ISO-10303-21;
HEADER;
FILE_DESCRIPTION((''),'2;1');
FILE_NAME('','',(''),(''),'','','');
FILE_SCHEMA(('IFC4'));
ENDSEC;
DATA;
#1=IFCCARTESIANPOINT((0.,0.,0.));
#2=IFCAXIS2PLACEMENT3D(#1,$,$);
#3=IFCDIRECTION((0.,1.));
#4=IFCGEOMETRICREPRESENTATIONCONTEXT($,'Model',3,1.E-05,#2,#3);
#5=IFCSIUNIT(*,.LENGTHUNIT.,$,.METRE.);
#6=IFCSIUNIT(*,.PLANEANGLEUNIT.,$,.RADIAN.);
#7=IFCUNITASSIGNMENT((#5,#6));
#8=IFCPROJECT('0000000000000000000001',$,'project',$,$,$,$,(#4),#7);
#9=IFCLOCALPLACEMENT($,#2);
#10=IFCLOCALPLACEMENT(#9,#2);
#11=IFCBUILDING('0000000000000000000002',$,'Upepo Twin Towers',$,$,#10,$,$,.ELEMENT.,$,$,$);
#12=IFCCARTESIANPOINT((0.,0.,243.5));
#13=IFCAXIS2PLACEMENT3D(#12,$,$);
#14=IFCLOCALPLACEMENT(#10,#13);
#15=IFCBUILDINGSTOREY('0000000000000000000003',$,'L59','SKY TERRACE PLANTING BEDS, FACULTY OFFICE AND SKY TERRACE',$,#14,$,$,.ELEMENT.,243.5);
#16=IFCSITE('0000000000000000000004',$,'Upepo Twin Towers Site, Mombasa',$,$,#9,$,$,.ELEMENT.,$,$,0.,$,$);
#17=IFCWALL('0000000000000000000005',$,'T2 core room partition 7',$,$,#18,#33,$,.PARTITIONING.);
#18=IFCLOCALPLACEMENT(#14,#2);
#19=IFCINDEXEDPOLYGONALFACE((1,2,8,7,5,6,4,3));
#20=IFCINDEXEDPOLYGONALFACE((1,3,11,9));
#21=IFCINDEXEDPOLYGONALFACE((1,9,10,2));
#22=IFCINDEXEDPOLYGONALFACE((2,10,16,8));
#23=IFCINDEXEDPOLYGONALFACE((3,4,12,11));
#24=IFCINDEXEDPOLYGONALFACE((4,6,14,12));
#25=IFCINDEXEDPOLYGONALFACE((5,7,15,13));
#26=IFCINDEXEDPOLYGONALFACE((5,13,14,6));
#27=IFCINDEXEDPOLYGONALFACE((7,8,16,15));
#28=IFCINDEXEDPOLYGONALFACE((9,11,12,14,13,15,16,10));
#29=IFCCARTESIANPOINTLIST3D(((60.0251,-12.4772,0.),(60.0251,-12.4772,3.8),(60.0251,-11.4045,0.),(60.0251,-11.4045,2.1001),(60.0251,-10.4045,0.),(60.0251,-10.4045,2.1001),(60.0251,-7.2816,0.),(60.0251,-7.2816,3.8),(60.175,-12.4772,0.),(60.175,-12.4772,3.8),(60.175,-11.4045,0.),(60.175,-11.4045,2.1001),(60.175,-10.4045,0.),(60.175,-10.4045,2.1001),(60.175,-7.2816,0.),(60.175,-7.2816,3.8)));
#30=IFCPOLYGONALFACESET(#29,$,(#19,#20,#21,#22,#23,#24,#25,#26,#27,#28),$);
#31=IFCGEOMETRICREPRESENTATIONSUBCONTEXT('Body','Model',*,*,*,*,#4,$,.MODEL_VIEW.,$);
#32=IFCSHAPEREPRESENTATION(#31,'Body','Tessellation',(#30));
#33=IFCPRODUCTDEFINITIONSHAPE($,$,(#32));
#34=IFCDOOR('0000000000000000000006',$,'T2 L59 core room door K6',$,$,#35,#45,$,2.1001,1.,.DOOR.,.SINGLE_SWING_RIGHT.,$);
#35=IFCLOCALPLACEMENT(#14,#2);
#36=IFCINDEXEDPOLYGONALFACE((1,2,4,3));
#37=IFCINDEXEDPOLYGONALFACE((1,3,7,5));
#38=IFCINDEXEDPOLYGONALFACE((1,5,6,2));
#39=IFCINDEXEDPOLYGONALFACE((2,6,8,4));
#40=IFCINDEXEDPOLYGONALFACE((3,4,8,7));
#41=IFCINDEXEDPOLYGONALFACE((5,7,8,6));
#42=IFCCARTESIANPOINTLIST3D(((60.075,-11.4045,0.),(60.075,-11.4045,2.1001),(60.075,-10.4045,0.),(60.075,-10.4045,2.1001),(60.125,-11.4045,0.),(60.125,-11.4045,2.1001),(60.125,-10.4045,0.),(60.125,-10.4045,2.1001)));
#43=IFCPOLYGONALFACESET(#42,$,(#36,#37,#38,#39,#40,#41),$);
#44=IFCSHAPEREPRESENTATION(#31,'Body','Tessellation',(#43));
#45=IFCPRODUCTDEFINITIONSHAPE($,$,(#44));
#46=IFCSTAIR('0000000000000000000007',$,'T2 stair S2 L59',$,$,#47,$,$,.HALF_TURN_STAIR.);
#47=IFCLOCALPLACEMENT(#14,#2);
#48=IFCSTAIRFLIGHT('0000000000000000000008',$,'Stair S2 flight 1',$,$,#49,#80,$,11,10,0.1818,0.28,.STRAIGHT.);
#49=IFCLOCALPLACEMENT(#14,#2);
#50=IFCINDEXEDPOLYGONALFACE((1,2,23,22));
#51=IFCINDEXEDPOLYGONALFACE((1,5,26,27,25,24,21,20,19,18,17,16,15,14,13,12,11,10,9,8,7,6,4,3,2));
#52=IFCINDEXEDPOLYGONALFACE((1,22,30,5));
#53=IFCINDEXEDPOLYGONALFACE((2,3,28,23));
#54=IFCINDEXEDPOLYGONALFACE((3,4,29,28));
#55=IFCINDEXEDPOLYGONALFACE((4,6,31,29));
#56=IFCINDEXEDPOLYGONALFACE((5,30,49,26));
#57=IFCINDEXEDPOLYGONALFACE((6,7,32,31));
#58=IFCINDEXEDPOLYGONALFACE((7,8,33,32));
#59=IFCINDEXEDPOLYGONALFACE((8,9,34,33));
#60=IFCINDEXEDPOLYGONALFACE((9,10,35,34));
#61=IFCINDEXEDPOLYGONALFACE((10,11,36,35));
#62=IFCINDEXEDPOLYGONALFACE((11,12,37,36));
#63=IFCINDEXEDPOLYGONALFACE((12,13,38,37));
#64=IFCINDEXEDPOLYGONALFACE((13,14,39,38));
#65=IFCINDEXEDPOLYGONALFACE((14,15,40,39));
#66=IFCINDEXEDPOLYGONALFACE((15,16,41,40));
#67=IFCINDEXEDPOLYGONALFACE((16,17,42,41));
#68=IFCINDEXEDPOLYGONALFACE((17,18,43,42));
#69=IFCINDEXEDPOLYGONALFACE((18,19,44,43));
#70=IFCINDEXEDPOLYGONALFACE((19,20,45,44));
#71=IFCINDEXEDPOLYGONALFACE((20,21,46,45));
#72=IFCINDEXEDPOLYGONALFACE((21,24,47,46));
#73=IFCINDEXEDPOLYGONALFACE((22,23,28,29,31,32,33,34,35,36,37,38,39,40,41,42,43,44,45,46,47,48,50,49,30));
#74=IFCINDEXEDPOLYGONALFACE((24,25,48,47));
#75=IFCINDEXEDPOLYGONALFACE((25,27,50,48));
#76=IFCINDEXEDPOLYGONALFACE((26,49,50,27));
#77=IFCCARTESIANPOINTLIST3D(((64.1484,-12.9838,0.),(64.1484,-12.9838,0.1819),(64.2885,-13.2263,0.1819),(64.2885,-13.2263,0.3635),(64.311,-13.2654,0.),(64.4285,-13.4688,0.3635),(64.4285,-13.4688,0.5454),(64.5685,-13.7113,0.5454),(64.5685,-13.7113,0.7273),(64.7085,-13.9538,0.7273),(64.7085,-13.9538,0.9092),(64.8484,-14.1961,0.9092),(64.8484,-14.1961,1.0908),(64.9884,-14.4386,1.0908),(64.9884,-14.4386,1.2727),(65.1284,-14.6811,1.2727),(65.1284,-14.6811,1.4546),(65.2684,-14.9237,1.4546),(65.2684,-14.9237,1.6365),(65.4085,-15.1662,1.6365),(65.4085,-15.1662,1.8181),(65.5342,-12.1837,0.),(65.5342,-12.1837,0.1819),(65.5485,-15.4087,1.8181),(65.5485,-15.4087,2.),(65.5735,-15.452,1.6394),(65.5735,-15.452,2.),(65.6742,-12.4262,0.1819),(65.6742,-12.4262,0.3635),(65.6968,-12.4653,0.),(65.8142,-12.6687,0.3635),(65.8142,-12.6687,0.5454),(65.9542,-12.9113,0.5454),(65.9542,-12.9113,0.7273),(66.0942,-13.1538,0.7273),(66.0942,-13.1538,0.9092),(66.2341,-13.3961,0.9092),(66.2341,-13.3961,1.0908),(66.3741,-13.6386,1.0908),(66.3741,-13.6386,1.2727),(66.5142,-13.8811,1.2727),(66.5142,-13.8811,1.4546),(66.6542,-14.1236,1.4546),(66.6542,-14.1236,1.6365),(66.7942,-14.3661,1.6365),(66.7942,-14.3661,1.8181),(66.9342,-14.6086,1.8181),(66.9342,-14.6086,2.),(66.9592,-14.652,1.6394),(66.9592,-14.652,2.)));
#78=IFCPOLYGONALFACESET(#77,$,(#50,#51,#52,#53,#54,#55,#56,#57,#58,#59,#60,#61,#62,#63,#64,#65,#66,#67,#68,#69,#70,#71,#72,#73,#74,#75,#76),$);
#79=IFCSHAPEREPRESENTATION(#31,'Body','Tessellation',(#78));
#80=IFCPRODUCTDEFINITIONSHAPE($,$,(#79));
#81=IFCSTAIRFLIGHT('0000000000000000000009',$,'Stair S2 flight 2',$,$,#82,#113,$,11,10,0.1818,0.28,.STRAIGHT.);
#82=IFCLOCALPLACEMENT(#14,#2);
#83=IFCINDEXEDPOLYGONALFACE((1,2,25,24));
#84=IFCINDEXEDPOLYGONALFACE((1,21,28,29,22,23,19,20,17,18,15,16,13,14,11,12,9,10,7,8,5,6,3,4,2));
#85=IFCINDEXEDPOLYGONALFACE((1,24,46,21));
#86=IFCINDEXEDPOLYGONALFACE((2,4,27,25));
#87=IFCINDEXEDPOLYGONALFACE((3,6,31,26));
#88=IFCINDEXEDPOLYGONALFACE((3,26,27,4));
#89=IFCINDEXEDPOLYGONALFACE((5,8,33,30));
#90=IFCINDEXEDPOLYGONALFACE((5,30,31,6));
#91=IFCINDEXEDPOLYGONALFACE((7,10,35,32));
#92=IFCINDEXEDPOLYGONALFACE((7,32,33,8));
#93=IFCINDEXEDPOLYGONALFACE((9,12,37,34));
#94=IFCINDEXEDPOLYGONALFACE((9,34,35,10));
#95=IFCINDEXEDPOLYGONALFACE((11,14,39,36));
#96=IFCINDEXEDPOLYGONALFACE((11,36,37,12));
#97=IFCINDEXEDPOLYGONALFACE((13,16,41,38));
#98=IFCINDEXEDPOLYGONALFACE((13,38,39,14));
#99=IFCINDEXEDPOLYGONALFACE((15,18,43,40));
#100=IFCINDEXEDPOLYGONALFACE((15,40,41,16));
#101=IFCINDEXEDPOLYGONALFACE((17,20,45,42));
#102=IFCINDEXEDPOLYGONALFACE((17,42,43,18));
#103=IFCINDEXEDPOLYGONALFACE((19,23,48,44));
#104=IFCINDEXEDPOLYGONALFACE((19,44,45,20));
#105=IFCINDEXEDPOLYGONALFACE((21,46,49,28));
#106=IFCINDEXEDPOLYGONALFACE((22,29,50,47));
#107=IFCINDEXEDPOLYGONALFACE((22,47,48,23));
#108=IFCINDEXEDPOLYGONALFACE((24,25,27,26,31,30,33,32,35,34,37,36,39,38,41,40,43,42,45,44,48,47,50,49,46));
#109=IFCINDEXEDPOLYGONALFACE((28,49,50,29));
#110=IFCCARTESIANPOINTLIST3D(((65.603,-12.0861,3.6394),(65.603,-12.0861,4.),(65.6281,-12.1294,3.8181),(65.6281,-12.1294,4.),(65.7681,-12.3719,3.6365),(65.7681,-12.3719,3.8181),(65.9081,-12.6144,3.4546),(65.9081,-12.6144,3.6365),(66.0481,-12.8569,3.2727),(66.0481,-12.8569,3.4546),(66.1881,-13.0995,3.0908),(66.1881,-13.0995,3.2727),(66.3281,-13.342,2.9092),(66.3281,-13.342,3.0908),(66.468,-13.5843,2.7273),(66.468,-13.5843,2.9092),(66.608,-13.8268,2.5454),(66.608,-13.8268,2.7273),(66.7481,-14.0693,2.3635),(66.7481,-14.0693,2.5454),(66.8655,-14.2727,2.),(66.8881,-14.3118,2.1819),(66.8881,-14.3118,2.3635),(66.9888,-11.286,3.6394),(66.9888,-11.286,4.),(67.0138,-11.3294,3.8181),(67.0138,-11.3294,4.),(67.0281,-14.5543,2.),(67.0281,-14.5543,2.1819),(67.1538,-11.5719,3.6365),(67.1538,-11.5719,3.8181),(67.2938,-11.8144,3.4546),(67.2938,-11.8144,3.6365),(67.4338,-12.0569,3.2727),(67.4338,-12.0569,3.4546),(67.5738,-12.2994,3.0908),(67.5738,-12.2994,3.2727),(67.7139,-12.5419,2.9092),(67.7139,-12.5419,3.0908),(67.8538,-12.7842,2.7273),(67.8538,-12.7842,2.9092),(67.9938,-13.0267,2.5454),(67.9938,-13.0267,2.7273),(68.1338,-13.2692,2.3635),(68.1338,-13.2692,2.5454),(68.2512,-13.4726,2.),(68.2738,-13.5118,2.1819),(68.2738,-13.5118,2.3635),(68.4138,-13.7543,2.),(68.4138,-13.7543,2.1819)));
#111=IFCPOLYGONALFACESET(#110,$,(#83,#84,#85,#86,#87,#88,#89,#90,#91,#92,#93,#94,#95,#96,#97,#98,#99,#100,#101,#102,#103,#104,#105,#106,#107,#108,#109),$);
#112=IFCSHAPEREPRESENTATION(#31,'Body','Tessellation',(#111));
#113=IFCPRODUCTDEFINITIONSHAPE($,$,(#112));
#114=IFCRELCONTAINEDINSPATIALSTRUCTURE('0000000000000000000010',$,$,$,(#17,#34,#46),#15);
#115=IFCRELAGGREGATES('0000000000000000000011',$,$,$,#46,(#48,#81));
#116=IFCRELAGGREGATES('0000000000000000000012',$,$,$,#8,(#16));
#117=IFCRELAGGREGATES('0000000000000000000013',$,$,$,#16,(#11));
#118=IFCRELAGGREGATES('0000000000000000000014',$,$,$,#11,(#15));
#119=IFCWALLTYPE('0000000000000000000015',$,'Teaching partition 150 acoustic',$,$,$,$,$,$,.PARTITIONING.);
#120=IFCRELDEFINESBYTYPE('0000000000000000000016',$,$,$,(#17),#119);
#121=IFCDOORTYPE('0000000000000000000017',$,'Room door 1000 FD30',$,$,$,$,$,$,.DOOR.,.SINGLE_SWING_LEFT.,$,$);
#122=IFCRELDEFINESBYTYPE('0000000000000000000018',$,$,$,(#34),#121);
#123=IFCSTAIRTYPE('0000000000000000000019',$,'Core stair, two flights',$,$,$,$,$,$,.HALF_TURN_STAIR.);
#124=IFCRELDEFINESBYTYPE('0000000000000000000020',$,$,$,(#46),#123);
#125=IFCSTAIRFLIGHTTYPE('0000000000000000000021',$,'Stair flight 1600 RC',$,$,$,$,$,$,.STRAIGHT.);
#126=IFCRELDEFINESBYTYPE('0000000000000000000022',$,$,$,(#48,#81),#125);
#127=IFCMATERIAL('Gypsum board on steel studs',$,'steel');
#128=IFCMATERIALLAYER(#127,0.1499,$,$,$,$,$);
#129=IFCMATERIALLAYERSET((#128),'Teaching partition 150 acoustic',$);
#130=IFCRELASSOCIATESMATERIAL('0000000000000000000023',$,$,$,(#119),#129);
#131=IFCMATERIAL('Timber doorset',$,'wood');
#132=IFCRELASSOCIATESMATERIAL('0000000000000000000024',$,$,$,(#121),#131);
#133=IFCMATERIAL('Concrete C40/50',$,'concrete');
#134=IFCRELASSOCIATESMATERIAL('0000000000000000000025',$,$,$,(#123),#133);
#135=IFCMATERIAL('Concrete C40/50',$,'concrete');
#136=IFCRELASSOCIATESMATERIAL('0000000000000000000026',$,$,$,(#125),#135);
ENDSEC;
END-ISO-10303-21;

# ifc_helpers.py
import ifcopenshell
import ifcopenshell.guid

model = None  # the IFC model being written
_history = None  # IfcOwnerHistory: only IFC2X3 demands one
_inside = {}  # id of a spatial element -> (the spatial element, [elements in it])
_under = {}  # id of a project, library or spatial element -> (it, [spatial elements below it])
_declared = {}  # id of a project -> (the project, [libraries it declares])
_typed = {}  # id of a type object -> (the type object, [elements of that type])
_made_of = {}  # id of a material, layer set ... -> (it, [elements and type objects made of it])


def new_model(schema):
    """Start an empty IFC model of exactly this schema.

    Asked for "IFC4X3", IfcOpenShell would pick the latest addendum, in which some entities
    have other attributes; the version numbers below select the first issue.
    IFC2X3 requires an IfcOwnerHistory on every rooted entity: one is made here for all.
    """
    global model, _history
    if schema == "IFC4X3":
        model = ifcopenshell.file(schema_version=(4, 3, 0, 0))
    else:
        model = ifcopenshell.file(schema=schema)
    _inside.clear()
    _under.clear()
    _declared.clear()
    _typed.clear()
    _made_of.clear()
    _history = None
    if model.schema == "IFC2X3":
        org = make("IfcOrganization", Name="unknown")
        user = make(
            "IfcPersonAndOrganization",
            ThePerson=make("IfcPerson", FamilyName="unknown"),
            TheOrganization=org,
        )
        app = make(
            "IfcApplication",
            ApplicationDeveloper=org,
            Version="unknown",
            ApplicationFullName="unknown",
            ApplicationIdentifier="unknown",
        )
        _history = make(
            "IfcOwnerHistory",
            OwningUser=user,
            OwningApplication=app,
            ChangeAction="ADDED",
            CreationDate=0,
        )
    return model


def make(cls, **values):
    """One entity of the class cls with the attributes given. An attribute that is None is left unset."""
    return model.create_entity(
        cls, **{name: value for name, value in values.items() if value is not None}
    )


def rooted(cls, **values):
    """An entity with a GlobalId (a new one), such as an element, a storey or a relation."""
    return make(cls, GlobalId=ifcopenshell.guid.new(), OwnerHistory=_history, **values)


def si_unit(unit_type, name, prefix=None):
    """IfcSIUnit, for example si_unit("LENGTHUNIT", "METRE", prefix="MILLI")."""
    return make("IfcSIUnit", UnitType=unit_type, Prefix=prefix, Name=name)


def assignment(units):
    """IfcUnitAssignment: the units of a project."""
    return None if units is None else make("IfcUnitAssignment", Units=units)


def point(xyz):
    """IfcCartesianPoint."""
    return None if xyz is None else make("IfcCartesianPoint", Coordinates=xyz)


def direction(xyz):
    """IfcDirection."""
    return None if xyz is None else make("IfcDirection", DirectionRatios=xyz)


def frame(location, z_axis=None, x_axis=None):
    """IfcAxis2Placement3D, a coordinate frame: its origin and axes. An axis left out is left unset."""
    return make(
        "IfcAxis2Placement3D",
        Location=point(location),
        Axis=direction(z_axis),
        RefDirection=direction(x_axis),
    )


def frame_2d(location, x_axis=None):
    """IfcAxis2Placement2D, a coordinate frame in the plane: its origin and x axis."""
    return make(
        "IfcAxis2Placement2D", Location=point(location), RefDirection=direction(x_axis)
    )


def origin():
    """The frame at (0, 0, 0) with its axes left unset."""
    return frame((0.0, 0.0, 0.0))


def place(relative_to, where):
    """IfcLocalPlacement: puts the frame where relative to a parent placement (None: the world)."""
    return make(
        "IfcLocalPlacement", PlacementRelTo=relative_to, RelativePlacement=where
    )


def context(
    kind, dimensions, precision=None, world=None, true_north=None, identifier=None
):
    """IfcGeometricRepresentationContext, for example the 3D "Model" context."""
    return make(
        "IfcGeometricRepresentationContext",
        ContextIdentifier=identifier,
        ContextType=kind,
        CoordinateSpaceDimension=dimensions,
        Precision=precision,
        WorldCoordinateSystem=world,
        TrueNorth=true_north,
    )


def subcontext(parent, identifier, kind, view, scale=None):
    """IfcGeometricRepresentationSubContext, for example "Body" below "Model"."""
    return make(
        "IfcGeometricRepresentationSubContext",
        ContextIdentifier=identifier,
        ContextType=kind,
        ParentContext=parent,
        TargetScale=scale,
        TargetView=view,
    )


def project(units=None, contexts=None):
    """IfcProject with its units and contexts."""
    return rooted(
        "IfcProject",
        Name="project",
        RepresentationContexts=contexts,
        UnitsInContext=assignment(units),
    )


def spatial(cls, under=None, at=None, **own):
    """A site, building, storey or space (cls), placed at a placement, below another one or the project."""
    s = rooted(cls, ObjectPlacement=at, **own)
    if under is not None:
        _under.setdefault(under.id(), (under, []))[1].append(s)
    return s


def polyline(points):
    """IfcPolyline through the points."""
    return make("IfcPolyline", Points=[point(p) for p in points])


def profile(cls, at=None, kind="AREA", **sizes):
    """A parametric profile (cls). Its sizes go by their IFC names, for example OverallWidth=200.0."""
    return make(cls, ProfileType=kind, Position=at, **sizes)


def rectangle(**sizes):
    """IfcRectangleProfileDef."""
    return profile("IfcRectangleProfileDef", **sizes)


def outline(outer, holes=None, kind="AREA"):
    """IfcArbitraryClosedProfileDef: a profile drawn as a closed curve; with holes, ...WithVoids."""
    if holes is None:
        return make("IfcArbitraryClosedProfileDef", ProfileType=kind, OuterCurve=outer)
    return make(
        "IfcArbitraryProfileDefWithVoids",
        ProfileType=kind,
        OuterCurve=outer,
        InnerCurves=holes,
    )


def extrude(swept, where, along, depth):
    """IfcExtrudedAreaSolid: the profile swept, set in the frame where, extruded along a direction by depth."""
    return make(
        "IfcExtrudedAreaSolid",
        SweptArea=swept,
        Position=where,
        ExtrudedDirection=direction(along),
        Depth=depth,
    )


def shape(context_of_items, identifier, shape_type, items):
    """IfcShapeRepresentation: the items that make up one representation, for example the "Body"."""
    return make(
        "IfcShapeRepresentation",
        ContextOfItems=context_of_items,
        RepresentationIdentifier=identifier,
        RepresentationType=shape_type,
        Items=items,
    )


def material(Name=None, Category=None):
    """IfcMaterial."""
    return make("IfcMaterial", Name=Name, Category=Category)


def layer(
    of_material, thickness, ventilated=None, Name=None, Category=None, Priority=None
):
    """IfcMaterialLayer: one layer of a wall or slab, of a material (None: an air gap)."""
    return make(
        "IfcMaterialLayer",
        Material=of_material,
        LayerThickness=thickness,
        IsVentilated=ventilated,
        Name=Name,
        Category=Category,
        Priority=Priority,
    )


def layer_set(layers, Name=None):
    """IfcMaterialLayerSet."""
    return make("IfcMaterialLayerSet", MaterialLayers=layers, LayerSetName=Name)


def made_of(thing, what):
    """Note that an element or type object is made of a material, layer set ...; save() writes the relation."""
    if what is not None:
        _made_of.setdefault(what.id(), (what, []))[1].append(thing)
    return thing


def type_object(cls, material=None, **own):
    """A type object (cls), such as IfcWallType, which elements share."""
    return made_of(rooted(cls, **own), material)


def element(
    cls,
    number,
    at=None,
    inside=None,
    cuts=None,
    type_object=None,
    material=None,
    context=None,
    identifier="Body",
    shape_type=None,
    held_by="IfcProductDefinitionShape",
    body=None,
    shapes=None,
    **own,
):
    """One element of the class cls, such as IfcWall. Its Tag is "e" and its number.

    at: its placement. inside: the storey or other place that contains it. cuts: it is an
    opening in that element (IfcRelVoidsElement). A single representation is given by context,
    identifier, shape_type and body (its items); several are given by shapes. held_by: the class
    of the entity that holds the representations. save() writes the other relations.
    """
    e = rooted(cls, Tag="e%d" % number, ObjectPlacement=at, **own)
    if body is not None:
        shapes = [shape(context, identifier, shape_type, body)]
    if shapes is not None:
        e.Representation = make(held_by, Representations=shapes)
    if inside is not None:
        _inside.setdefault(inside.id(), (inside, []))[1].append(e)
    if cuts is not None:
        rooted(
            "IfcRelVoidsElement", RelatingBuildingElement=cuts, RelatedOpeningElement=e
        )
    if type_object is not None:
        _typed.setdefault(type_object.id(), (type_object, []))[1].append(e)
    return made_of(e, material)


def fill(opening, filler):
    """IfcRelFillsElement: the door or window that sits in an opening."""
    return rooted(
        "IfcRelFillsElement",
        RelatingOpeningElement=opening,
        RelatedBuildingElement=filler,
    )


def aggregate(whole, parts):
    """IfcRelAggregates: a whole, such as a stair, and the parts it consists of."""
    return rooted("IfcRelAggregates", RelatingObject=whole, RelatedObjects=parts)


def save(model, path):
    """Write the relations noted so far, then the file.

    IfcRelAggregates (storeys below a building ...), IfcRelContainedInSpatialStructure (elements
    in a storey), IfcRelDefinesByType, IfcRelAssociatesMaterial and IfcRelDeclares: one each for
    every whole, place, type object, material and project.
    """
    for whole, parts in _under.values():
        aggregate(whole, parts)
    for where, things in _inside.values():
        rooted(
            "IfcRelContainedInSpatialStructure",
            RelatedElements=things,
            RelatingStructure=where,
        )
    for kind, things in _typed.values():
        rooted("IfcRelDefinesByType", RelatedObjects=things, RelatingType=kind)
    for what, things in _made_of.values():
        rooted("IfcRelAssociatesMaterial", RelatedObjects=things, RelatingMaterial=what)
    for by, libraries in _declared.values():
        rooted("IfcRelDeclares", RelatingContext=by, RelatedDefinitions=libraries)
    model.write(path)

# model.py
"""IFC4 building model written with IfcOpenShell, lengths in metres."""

from ifc_helpers import new_model, si_unit, direction, frame, frame_2d, origin, place, context, subcontext, project, spatial, polyline, rectangle, outline, extrude, material, layer, layer_set, type_object, element, fill, aggregate, save


model = new_model("IFC4")

# Units and contexts
model_context = context("Model", 3, precision=1e-05, world=origin(), true_north=direction((0.0, 1.0)))
body_context = subcontext(model_context, "Body", "Model", "MODEL_VIEW")
ifc_project = project(units=[si_unit("LENGTHUNIT", "METRE"), si_unit("PLANEANGLEUNIT", "RADIAN")], contexts=[model_context])

# Site, building, storey
site_placement = place(None, origin())
site = spatial("IfcSite", under=ifc_project, at=site_placement, Name="Upepo Twin Towers Site, Mombasa", CompositionType="ELEMENT", RefElevation=0.0)
building_placement = place(site_placement, origin())
building = spatial("IfcBuilding", under=site, at=building_placement, Name="Upepo Twin Towers", CompositionType="ELEMENT")
storey_placement = place(building_placement, frame((0.0, 0.0, 243.5)))
storey = spatial("IfcBuildingStorey", under=building, at=storey_placement, Name="L59", Description="SKY TERRACE PLANTING BEDS, FACULTY OFFICE AND SKY TERRACE", CompositionType="ELEMENT", Elevation=243.5)

# Wall, opening, door
ifc_material_1 = material(Name="Gypsum board on steel studs", Category="steel")
ifc_layer_1 = layer(ifc_material_1, 0.1499)
ifc_layer_set_1 = layer_set([ifc_layer_1], Name="Teaching partition 150 acoustic")
wall_type_1 = type_object("IfcWallType", Name="Teaching partition 150 acoustic", PredefinedType="PARTITIONING", material=ifc_layer_set_1)
wall_1_placement = place(storey_placement, frame((60.1001, -7.2817, 0.0), z_axis=(0.0, 0.0, 1.0), x_axis=(0.0, -1.0, 0.0)))
wall_1 = element("IfcWall", 1, at=wall_1_placement, inside=storey, type_object=wall_type_1, Name="T2 core room partition 7", PredefinedType="PARTITIONING", context=body_context, shape_type="SweptSolid", body=[
    extrude(rectangle(XDim=5.1956, YDim=0.1499, at=frame_2d((2.5977, 0.0))), origin(), (0.0, 0.0, 1.0), 3.8),
])
opening_1_placement = place(wall_1_placement, frame((3.1228, 0.0, 0.0)))
opening_1 = element("IfcOpeningElement", 2, at=opening_1_placement, cuts=wall_1, PredefinedType="OPENING", context=body_context, shape_type="SweptSolid", body=[
    extrude(rectangle(XDim=1.0, YDim=2.1001, at=frame_2d((0.5, 1.05))), frame((0.0, 0.085, 0.0), z_axis=(0.0, -1.0, 0.0), x_axis=(1.0, 0.0, 0.0)), (0.0, 0.0, 1.0), 0.1699),
])
ifc_material_2 = material(Name="Timber doorset", Category="wood")
door_type_1 = type_object("IfcDoorType", Name="Room door 1000 FD30", OperationType="SINGLE_SWING_LEFT", PredefinedType="DOOR", material=ifc_material_2)
door_1_placement = place(opening_1_placement, origin())
door_1 = element("IfcDoor", 3, at=door_1_placement, inside=storey, type_object=door_type_1, Name="T2 L59 core room door K6", OperationType="SINGLE_SWING_RIGHT", OverallHeight=2.1001, OverallWidth=1.0, PredefinedType="DOOR", context=body_context, shape_type="SweptSolid", body=[
    extrude(rectangle(XDim=1.0, YDim=2.1001, at=frame_2d((0.5, 1.05))), frame((0.0, 0.0249, 0.0), z_axis=(0.0, -1.0, 0.0), x_axis=(1.0, 0.0, 0.0)), (0.0, 0.0, 1.0), 0.05),
])
fill(opening_1, door_1)

# Stair, stair flights
ifc_material_3 = material(Name="Concrete C40/50", Category="concrete")
stair_type = type_object("IfcStairType", Name="Core stair, two flights", PredefinedType="HALF_TURN_STAIR", material=ifc_material_3)
stair_placement = place(storey_placement, origin())
stair = element("IfcStair", 4, at=stair_placement, inside=storey, type_object=stair_type, Name="T2 stair S2 L59", PredefinedType="HALF_TURN_STAIR")
ifc_material_4 = material(Name="Concrete C40/50", Category="concrete")
stair_flight_type = type_object("IfcStairFlightType", Name="Stair flight 1600 RC", PredefinedType="STRAIGHT", material=ifc_material_4)
stair_flight_1_placement = place(storey_placement, frame((64.8413, -12.5837, 0.0), z_axis=(0.0, 0.0, 1.0), x_axis=(0.5, -0.866025, 0.0)))
stair_flight_1 = element("IfcStairFlight", 5, at=stair_flight_1_placement, type_object=stair_flight_type, Name="Stair S2 flight 1", NumberOfRisers=11, NumberOfTreads=10, PredefinedType="STRAIGHT", RiserHeight=0.1818, TreadLength=0.28, context=body_context, shape_type="SweptSolid", body=[
    extrude(outline(polyline([(0.0, 0.0), (0.0, 0.1819), (0.28, 0.1819), (0.28, 0.3635), (0.5601, 0.3635), (0.5601, 0.5454), (0.8401, 0.5454), (0.8401, 0.7273), (1.1201, 0.7273), (1.1201, 0.9092), (1.3999, 0.9092), (1.3999, 1.0908), (1.6799, 1.0908), (1.6799, 1.2727), (1.96, 1.2727), (1.96, 1.4546), (2.24, 1.4546), (2.24, 1.6365), (2.52, 1.6365), (2.52, 1.8181), (2.8, 1.8181), (2.8, 2.0), (2.8501, 2.0), (2.8501, 1.6394), (0.3252, 0.0), (0.0, 0.0)])), frame((0.0, 0.8, 0.0), z_axis=(0.0, -1.0, 0.0), x_axis=(1.0, 0.0, 0.0)), (0.0, 0.0, 1.0), 1.6001),
])
stair_flight_2_placement = place(storey_placement, frame((67.7209, -14.1543, 2.0), z_axis=(0.0, 0.0, 1.0), x_axis=(-0.5, 0.866025, 0.0)))
stair_flight_2 = element("IfcStairFlight", 6, at=stair_flight_2_placement, type_object=stair_flight_type, Name="Stair S2 flight 2", NumberOfRisers=11, NumberOfTreads=10, PredefinedType="STRAIGHT", RiserHeight=0.1818, TreadLength=0.28, context=body_context, shape_type="SweptSolid", body=[
    extrude(outline(polyline([(0.0, 0.0), (0.0, 0.1819), (0.28, 0.1819), (0.28, 0.3635), (0.5601, 0.3635), (0.5601, 0.5454), (0.8401, 0.5454), (0.8401, 0.7273), (1.1201, 0.7273), (1.1201, 0.9092), (1.3999, 0.9092), (1.3999, 1.0908), (1.6799, 1.0908), (1.6799, 1.2727), (1.96, 1.2727), (1.96, 1.4546), (2.24, 1.4546), (2.24, 1.6365), (2.52, 1.6365), (2.52, 1.8181), (2.8, 1.8181), (2.8, 2.0), (2.8501, 2.0), (2.8501, 1.6394), (0.3252, 0.0), (0.0, 0.0)])), frame((0.0, 0.8, 0.0), z_axis=(0.0, -1.0, 0.0), x_axis=(1.0, 0.0, 0.0)), (0.0, 0.0, 1.0), 1.6001),
])
aggregate(stair, [stair_flight_1, stair_flight_2])

save(model, "model.ifc")
